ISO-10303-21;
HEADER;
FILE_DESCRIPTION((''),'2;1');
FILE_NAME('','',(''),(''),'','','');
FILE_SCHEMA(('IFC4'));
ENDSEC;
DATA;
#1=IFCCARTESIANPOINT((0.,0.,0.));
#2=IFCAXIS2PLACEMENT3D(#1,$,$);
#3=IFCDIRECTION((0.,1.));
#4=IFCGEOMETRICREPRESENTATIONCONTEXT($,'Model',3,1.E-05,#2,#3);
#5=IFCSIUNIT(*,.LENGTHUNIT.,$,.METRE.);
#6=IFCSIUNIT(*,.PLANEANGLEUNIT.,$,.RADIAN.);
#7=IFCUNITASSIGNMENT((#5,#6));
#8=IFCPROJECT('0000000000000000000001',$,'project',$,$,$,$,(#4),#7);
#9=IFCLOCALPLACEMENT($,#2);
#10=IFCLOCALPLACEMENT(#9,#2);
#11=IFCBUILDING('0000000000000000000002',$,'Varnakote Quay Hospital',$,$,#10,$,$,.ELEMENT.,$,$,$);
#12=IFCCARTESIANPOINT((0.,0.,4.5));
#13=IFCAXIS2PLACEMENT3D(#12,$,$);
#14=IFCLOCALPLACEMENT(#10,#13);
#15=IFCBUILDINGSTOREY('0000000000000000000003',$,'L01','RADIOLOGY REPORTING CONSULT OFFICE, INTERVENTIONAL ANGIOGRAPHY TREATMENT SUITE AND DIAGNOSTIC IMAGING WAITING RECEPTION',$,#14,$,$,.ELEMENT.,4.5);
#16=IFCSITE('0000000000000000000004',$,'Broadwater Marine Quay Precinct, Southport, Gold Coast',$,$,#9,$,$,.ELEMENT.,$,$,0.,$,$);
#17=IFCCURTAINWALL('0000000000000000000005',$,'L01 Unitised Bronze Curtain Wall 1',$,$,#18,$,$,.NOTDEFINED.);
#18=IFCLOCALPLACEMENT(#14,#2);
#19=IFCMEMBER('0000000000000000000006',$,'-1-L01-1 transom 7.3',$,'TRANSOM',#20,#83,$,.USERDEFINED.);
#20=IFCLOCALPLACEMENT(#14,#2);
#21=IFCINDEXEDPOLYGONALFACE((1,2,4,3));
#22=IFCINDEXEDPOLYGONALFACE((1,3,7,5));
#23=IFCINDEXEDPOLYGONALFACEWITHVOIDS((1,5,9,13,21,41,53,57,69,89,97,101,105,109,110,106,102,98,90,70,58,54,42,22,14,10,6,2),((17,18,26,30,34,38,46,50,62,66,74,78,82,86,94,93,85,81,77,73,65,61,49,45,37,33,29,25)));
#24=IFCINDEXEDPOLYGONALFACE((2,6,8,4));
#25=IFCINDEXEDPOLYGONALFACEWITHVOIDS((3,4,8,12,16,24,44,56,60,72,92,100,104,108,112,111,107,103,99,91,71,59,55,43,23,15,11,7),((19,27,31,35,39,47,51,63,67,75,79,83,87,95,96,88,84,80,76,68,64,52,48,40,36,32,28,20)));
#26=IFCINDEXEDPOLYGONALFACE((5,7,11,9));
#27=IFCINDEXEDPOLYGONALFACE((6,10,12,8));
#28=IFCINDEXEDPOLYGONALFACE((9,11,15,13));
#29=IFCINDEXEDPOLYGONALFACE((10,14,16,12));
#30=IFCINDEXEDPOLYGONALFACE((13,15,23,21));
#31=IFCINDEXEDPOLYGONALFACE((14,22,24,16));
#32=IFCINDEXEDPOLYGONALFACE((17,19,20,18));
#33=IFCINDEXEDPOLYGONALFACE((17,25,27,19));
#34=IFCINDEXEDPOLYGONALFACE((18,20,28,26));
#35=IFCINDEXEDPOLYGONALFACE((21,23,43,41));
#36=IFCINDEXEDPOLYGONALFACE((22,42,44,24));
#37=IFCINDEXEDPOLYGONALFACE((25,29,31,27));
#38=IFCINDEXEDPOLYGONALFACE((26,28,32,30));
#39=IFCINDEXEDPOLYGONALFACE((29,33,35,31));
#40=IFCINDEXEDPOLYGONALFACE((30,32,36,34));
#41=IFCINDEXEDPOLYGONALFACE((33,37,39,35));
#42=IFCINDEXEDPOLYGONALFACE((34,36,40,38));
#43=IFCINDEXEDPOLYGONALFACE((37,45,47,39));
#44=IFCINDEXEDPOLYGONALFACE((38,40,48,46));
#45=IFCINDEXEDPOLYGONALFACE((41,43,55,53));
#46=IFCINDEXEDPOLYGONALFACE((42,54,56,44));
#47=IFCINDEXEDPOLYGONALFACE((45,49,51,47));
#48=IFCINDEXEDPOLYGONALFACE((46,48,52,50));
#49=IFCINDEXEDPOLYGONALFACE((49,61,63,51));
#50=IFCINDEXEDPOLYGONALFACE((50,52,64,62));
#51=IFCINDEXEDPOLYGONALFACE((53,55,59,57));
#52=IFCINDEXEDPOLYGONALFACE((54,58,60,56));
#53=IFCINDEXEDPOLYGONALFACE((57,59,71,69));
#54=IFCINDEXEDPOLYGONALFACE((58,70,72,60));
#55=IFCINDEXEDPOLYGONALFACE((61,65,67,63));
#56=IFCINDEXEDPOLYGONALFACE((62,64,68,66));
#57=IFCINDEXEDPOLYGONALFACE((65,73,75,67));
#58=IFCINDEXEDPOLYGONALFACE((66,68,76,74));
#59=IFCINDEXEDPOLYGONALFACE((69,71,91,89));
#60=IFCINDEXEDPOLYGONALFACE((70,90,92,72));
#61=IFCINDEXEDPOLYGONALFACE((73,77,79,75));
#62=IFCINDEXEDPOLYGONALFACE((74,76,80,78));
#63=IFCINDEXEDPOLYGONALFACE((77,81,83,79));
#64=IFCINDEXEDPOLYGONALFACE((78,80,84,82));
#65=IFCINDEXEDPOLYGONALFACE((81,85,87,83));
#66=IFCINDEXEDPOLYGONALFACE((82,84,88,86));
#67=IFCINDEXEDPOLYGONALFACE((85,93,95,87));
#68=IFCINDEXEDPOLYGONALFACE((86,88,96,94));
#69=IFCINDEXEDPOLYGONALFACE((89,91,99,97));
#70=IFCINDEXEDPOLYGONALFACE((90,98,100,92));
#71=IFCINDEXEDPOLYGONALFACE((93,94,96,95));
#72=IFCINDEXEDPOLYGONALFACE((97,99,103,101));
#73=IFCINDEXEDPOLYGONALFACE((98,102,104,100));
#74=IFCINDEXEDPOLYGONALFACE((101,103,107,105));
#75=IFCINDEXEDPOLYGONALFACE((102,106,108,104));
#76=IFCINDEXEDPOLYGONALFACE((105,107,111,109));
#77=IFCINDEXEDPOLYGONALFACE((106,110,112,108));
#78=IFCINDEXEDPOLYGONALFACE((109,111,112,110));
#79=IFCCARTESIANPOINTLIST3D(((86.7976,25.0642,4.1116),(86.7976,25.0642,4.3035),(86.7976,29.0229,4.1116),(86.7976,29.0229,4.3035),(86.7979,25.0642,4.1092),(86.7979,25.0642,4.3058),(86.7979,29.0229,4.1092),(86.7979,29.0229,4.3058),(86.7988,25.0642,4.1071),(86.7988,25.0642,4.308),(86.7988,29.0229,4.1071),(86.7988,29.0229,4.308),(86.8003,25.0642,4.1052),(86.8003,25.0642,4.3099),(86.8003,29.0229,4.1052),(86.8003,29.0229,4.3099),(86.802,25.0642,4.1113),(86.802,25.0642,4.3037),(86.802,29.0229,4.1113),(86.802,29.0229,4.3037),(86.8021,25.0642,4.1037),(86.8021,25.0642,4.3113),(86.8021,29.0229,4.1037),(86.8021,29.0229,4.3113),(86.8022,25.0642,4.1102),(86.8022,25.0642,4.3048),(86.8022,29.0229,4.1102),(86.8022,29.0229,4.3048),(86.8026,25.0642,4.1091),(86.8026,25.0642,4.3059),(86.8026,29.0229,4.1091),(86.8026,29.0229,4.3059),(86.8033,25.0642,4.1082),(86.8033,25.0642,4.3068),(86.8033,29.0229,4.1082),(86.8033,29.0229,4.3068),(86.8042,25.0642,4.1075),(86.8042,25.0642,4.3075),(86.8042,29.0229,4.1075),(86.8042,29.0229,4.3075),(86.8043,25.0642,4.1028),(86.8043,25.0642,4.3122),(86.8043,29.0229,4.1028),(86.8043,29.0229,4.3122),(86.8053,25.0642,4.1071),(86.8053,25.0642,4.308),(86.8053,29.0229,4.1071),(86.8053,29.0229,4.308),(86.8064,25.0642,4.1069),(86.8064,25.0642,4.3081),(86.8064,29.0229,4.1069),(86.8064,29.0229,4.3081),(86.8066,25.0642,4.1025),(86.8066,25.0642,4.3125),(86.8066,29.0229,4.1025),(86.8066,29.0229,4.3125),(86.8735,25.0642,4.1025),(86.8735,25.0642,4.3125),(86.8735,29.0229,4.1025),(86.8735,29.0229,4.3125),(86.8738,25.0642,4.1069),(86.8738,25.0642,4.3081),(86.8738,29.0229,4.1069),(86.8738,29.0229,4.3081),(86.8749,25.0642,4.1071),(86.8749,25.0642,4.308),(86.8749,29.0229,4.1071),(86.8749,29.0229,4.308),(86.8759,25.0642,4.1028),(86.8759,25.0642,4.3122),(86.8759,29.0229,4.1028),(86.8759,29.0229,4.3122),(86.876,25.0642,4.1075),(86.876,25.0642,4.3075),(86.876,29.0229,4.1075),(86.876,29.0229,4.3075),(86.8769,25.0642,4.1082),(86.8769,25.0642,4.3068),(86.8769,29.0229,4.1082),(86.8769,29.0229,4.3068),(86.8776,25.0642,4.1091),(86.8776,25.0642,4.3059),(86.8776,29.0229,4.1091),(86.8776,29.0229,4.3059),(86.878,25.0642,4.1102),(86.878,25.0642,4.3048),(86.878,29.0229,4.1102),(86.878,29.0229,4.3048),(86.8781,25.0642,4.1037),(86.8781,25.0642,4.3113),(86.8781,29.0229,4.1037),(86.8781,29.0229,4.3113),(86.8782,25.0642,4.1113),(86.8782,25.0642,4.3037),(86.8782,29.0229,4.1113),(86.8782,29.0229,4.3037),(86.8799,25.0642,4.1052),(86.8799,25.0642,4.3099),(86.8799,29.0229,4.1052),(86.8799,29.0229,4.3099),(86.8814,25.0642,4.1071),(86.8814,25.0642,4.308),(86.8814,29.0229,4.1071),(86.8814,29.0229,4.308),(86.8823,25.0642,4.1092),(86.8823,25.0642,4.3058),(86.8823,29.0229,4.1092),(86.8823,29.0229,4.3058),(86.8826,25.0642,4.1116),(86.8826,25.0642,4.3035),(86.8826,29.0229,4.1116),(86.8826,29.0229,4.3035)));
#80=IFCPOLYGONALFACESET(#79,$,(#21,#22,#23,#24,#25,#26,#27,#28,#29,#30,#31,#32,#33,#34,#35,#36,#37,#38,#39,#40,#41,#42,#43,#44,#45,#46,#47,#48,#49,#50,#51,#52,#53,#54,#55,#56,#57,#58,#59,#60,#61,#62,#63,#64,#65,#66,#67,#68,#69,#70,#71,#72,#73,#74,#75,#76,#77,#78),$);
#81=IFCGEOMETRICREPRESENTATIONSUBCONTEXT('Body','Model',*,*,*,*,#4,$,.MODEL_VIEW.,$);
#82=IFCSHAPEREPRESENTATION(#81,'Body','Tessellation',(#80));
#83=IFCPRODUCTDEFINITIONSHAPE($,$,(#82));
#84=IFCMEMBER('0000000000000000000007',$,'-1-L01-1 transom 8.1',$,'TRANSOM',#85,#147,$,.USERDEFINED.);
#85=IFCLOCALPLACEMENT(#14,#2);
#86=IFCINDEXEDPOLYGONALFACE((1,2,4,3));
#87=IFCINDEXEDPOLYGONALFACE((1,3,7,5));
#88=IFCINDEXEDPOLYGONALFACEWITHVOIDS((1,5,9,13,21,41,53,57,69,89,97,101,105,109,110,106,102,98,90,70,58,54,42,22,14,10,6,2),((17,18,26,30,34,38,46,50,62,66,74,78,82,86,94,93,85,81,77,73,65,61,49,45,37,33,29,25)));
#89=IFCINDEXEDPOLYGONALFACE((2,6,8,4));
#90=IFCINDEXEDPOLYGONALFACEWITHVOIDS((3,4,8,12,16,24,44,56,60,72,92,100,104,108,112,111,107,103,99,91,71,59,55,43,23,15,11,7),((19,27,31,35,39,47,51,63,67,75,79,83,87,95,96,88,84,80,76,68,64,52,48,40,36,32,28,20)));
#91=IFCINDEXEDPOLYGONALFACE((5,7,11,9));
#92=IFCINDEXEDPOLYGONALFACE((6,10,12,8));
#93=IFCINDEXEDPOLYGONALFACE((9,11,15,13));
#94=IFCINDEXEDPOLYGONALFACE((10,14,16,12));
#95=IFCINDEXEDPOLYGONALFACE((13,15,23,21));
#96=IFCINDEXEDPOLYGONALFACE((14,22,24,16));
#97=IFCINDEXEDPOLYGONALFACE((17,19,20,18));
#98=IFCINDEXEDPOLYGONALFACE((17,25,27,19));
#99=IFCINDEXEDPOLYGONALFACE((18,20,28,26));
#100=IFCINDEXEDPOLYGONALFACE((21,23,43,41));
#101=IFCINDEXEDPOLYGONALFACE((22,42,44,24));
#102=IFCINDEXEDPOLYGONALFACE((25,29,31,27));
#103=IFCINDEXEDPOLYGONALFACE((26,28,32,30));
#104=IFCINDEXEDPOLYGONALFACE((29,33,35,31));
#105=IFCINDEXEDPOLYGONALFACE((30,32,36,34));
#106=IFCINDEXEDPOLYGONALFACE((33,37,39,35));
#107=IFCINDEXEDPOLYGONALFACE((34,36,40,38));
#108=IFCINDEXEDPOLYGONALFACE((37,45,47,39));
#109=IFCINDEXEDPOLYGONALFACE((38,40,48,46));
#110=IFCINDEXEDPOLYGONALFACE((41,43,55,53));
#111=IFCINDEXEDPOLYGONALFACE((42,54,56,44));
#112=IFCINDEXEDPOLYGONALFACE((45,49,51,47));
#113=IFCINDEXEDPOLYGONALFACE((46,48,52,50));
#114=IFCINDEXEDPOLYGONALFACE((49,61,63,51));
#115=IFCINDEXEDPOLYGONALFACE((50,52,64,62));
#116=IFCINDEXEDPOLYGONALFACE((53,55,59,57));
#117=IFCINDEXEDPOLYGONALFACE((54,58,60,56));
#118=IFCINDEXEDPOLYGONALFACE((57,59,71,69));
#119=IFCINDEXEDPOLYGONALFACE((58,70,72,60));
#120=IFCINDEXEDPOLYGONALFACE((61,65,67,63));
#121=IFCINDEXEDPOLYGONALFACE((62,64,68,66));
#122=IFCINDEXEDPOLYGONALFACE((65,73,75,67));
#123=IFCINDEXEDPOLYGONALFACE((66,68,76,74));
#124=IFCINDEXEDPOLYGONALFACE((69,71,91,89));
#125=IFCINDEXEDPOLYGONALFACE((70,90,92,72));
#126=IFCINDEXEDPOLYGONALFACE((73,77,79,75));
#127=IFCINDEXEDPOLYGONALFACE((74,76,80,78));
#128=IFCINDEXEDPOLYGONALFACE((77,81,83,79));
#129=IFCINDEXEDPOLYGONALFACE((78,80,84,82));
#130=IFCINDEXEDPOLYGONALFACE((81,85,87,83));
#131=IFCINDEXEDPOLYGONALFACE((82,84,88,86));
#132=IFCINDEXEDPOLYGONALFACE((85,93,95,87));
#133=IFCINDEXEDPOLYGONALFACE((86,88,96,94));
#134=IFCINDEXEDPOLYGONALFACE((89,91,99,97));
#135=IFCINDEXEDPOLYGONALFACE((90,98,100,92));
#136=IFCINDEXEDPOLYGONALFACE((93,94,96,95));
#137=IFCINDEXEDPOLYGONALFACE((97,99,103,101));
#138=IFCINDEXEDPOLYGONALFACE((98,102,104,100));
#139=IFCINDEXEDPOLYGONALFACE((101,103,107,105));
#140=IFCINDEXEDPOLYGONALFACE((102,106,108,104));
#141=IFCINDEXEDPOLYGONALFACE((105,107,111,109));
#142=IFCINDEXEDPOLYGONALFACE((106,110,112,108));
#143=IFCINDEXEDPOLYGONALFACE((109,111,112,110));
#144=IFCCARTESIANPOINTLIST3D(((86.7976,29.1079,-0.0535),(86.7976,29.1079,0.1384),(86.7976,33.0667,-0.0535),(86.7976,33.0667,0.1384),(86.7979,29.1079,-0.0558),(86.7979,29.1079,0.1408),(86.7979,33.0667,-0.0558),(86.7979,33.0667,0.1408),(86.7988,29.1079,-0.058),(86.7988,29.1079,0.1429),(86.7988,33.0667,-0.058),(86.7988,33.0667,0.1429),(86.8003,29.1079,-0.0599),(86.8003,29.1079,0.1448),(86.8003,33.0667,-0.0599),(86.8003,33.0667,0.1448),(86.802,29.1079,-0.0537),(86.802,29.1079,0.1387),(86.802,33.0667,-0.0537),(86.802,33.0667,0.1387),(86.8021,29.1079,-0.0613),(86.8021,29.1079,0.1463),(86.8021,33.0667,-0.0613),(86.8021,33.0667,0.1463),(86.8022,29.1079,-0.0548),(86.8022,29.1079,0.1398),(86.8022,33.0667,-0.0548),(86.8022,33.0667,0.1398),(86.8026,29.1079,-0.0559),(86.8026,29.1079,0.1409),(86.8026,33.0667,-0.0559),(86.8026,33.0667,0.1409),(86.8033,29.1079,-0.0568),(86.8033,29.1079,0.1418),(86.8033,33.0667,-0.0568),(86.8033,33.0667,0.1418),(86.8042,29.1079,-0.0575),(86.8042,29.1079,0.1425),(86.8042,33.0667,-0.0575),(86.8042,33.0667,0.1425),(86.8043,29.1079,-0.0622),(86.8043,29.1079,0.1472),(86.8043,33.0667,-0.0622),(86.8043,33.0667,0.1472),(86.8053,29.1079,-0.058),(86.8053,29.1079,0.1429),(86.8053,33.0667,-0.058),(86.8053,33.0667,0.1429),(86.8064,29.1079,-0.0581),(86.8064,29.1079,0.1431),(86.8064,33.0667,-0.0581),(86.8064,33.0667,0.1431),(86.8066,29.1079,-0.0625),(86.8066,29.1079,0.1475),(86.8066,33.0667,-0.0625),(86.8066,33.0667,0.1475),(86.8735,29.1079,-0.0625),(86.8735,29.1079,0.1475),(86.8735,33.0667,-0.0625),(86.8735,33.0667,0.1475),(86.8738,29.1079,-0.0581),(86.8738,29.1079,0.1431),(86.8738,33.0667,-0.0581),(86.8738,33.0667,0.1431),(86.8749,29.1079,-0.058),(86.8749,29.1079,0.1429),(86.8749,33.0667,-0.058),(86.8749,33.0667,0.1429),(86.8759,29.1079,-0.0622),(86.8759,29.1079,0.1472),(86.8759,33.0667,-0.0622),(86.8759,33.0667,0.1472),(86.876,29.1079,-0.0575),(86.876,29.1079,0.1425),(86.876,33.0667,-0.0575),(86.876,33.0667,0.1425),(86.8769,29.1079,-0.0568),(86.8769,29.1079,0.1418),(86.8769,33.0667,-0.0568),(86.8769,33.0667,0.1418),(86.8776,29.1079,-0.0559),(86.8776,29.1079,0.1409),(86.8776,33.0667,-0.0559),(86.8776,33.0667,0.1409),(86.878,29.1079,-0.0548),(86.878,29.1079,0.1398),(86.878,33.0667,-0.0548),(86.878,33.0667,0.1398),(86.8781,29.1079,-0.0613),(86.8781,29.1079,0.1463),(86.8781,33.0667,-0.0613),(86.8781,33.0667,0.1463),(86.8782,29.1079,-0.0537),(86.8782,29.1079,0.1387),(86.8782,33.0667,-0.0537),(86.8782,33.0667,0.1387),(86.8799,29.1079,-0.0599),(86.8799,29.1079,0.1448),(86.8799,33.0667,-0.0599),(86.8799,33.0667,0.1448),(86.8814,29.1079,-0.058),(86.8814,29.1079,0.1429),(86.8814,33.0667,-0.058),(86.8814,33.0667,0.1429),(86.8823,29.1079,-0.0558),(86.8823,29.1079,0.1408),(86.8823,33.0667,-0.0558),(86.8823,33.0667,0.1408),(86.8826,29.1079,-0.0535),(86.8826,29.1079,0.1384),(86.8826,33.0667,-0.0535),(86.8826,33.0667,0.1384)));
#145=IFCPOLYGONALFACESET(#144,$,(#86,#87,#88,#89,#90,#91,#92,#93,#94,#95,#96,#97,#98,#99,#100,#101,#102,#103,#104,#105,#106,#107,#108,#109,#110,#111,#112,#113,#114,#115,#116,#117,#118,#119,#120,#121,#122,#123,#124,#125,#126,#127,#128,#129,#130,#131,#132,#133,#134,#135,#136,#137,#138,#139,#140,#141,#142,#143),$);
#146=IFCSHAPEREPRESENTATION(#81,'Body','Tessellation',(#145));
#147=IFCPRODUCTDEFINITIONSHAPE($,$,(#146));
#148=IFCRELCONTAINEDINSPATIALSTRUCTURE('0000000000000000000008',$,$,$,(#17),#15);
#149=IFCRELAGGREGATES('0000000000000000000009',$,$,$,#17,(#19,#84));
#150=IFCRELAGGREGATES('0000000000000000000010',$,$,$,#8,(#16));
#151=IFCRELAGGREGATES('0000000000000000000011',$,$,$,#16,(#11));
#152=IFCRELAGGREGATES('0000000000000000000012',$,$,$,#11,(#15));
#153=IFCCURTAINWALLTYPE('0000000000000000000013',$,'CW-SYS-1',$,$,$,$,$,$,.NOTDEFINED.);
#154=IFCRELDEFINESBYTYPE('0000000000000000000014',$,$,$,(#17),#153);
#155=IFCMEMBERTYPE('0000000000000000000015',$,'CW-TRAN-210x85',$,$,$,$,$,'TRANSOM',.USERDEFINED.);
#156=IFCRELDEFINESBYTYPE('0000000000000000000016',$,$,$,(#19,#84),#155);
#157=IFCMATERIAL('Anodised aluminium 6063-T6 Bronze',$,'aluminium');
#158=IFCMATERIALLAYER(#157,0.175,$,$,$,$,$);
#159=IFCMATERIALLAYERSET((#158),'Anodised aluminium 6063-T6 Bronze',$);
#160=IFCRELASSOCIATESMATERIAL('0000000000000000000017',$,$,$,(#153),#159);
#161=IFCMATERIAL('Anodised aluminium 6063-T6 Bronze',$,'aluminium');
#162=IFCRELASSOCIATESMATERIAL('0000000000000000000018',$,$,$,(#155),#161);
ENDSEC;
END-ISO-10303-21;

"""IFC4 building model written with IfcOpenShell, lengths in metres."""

from ifc_helpers import new_model, si_unit, direction, frame, origin, origin_2d, place, context, subcontext, project, spatial, hollow_rectangle, extrude, material, layer, layer_set, material_profile, profile_set, type_object, element, aggregate, save


model = new_model("IFC4")

# Units and contexts
model_context = context("Model", 3, precision=1e-05, world=origin(), true_north=direction((0.0, 1.0)))
body_context = subcontext(model_context, "Body", "Model", "MODEL_VIEW")
ifc_project = project(units=[si_unit("LENGTHUNIT", "METRE"), si_unit("PLANEANGLEUNIT", "RADIAN")], contexts=[model_context])

# Site, building, storey
site_placement = place(None, origin())
site = spatial("IfcSite", under=ifc_project, at=site_placement, Name="Broadwater Marine Quay Precinct, Southport, Gold Coast", CompositionType="ELEMENT", RefElevation=0.0)
building_placement = place(site_placement, origin())
building = spatial("IfcBuilding", under=site, at=building_placement, Name="Varnakote Quay Hospital", CompositionType="ELEMENT")
storey_placement = place(building_placement, frame((0.0, 0.0, 4.5)))
storey = spatial("IfcBuildingStorey", under=building, at=storey_placement, Name="L01", Description="RADIOLOGY REPORTING CONSULT OFFICE, INTERVENTIONAL ANGIOGRAPHY TREATMENT SUITE AND DIAGNOSTIC IMAGING WAITING RECEPTION", CompositionType="ELEMENT", Elevation=4.5)

# Curtain wall, members
ifc_material_1 = material(Name="Anodised aluminium 6063-T6 Bronze", Category="aluminium")
ifc_layer_1 = layer(ifc_material_1, 0.175)
ifc_layer_set_1 = layer_set([ifc_layer_1], Name="Anodised aluminium 6063-T6 Bronze")
curtain_wall_type = type_object("IfcCurtainWallType", Name="CW-SYS-1", PredefinedType="NOTDEFINED", material=ifc_layer_set_1)
curtain_wall_placement = place(storey_placement, origin())
curtain_wall = element("IfcCurtainWall", 1, at=curtain_wall_placement, inside=storey, type_object=curtain_wall_type, Name="L01 Unitised Bronze Curtain Wall 1", PredefinedType="NOTDEFINED")
ifc_material_2 = material(Name="Anodised aluminium 6063-T6 Bronze", Category="aluminium")
ifc_material_profile_1 = material_profile(ifc_material_2, hollow_rectangle(XDim=0.085, YDim=0.21, WallThickness=0.0044, InnerFilletRadius=0.0044, OuterFilletRadius=0.009, at=origin_2d()), Name="CW-TRAN-210x85")
ifc_profile_set_1 = profile_set([ifc_material_profile_1], Name="Anodised aluminium 6063-T6 Bronze")
member_type_1 = type_object("IfcMemberType", Name="CW-TRAN-210x85", ElementType="TRANSOM", PredefinedType="USERDEFINED", material=ifc_profile_set_1)
member_1_placement = place(storey_placement, frame((86.8401, 25.0642, 4.2075), z_axis=(0.0, 1.0, 0.0), x_axis=(-1.0, 0.0, 0.0)))
member_1 = element("IfcMember", 2, at=member_1_placement, type_object=member_type_1, Name="-1-L01-1 transom 7.3", ObjectType="TRANSOM", PredefinedType="USERDEFINED", context=body_context, shape_type="SweptSolid", body=[
    extrude(hollow_rectangle(XDim=0.085, YDim=0.21, WallThickness=0.0044, InnerFilletRadius=0.0044, OuterFilletRadius=0.009, at=origin_2d()), origin(), (0.0, 0.0, 1.0), 3.9587),
])
member_2_placement = place(storey_placement, frame((86.8401, 29.1079, 0.0425), z_axis=(0.0, 1.0, 0.0), x_axis=(-1.0, 0.0, 0.0)))
member_2 = element("IfcMember", 3, at=member_2_placement, type_object=member_type_1, Name="-1-L01-1 transom 8.1", ObjectType="TRANSOM", PredefinedType="USERDEFINED", context=body_context, shape_type="SweptSolid", body=[
    extrude(hollow_rectangle(XDim=0.085, YDim=0.21, WallThickness=0.0044, InnerFilletRadius=0.0044, OuterFilletRadius=0.009, at=origin_2d()), origin(), (0.0, 0.0, 1.0), 3.9587),
])
aggregate(curtain_wall, [member_1, member_2])

save(model, "model.ifc")
